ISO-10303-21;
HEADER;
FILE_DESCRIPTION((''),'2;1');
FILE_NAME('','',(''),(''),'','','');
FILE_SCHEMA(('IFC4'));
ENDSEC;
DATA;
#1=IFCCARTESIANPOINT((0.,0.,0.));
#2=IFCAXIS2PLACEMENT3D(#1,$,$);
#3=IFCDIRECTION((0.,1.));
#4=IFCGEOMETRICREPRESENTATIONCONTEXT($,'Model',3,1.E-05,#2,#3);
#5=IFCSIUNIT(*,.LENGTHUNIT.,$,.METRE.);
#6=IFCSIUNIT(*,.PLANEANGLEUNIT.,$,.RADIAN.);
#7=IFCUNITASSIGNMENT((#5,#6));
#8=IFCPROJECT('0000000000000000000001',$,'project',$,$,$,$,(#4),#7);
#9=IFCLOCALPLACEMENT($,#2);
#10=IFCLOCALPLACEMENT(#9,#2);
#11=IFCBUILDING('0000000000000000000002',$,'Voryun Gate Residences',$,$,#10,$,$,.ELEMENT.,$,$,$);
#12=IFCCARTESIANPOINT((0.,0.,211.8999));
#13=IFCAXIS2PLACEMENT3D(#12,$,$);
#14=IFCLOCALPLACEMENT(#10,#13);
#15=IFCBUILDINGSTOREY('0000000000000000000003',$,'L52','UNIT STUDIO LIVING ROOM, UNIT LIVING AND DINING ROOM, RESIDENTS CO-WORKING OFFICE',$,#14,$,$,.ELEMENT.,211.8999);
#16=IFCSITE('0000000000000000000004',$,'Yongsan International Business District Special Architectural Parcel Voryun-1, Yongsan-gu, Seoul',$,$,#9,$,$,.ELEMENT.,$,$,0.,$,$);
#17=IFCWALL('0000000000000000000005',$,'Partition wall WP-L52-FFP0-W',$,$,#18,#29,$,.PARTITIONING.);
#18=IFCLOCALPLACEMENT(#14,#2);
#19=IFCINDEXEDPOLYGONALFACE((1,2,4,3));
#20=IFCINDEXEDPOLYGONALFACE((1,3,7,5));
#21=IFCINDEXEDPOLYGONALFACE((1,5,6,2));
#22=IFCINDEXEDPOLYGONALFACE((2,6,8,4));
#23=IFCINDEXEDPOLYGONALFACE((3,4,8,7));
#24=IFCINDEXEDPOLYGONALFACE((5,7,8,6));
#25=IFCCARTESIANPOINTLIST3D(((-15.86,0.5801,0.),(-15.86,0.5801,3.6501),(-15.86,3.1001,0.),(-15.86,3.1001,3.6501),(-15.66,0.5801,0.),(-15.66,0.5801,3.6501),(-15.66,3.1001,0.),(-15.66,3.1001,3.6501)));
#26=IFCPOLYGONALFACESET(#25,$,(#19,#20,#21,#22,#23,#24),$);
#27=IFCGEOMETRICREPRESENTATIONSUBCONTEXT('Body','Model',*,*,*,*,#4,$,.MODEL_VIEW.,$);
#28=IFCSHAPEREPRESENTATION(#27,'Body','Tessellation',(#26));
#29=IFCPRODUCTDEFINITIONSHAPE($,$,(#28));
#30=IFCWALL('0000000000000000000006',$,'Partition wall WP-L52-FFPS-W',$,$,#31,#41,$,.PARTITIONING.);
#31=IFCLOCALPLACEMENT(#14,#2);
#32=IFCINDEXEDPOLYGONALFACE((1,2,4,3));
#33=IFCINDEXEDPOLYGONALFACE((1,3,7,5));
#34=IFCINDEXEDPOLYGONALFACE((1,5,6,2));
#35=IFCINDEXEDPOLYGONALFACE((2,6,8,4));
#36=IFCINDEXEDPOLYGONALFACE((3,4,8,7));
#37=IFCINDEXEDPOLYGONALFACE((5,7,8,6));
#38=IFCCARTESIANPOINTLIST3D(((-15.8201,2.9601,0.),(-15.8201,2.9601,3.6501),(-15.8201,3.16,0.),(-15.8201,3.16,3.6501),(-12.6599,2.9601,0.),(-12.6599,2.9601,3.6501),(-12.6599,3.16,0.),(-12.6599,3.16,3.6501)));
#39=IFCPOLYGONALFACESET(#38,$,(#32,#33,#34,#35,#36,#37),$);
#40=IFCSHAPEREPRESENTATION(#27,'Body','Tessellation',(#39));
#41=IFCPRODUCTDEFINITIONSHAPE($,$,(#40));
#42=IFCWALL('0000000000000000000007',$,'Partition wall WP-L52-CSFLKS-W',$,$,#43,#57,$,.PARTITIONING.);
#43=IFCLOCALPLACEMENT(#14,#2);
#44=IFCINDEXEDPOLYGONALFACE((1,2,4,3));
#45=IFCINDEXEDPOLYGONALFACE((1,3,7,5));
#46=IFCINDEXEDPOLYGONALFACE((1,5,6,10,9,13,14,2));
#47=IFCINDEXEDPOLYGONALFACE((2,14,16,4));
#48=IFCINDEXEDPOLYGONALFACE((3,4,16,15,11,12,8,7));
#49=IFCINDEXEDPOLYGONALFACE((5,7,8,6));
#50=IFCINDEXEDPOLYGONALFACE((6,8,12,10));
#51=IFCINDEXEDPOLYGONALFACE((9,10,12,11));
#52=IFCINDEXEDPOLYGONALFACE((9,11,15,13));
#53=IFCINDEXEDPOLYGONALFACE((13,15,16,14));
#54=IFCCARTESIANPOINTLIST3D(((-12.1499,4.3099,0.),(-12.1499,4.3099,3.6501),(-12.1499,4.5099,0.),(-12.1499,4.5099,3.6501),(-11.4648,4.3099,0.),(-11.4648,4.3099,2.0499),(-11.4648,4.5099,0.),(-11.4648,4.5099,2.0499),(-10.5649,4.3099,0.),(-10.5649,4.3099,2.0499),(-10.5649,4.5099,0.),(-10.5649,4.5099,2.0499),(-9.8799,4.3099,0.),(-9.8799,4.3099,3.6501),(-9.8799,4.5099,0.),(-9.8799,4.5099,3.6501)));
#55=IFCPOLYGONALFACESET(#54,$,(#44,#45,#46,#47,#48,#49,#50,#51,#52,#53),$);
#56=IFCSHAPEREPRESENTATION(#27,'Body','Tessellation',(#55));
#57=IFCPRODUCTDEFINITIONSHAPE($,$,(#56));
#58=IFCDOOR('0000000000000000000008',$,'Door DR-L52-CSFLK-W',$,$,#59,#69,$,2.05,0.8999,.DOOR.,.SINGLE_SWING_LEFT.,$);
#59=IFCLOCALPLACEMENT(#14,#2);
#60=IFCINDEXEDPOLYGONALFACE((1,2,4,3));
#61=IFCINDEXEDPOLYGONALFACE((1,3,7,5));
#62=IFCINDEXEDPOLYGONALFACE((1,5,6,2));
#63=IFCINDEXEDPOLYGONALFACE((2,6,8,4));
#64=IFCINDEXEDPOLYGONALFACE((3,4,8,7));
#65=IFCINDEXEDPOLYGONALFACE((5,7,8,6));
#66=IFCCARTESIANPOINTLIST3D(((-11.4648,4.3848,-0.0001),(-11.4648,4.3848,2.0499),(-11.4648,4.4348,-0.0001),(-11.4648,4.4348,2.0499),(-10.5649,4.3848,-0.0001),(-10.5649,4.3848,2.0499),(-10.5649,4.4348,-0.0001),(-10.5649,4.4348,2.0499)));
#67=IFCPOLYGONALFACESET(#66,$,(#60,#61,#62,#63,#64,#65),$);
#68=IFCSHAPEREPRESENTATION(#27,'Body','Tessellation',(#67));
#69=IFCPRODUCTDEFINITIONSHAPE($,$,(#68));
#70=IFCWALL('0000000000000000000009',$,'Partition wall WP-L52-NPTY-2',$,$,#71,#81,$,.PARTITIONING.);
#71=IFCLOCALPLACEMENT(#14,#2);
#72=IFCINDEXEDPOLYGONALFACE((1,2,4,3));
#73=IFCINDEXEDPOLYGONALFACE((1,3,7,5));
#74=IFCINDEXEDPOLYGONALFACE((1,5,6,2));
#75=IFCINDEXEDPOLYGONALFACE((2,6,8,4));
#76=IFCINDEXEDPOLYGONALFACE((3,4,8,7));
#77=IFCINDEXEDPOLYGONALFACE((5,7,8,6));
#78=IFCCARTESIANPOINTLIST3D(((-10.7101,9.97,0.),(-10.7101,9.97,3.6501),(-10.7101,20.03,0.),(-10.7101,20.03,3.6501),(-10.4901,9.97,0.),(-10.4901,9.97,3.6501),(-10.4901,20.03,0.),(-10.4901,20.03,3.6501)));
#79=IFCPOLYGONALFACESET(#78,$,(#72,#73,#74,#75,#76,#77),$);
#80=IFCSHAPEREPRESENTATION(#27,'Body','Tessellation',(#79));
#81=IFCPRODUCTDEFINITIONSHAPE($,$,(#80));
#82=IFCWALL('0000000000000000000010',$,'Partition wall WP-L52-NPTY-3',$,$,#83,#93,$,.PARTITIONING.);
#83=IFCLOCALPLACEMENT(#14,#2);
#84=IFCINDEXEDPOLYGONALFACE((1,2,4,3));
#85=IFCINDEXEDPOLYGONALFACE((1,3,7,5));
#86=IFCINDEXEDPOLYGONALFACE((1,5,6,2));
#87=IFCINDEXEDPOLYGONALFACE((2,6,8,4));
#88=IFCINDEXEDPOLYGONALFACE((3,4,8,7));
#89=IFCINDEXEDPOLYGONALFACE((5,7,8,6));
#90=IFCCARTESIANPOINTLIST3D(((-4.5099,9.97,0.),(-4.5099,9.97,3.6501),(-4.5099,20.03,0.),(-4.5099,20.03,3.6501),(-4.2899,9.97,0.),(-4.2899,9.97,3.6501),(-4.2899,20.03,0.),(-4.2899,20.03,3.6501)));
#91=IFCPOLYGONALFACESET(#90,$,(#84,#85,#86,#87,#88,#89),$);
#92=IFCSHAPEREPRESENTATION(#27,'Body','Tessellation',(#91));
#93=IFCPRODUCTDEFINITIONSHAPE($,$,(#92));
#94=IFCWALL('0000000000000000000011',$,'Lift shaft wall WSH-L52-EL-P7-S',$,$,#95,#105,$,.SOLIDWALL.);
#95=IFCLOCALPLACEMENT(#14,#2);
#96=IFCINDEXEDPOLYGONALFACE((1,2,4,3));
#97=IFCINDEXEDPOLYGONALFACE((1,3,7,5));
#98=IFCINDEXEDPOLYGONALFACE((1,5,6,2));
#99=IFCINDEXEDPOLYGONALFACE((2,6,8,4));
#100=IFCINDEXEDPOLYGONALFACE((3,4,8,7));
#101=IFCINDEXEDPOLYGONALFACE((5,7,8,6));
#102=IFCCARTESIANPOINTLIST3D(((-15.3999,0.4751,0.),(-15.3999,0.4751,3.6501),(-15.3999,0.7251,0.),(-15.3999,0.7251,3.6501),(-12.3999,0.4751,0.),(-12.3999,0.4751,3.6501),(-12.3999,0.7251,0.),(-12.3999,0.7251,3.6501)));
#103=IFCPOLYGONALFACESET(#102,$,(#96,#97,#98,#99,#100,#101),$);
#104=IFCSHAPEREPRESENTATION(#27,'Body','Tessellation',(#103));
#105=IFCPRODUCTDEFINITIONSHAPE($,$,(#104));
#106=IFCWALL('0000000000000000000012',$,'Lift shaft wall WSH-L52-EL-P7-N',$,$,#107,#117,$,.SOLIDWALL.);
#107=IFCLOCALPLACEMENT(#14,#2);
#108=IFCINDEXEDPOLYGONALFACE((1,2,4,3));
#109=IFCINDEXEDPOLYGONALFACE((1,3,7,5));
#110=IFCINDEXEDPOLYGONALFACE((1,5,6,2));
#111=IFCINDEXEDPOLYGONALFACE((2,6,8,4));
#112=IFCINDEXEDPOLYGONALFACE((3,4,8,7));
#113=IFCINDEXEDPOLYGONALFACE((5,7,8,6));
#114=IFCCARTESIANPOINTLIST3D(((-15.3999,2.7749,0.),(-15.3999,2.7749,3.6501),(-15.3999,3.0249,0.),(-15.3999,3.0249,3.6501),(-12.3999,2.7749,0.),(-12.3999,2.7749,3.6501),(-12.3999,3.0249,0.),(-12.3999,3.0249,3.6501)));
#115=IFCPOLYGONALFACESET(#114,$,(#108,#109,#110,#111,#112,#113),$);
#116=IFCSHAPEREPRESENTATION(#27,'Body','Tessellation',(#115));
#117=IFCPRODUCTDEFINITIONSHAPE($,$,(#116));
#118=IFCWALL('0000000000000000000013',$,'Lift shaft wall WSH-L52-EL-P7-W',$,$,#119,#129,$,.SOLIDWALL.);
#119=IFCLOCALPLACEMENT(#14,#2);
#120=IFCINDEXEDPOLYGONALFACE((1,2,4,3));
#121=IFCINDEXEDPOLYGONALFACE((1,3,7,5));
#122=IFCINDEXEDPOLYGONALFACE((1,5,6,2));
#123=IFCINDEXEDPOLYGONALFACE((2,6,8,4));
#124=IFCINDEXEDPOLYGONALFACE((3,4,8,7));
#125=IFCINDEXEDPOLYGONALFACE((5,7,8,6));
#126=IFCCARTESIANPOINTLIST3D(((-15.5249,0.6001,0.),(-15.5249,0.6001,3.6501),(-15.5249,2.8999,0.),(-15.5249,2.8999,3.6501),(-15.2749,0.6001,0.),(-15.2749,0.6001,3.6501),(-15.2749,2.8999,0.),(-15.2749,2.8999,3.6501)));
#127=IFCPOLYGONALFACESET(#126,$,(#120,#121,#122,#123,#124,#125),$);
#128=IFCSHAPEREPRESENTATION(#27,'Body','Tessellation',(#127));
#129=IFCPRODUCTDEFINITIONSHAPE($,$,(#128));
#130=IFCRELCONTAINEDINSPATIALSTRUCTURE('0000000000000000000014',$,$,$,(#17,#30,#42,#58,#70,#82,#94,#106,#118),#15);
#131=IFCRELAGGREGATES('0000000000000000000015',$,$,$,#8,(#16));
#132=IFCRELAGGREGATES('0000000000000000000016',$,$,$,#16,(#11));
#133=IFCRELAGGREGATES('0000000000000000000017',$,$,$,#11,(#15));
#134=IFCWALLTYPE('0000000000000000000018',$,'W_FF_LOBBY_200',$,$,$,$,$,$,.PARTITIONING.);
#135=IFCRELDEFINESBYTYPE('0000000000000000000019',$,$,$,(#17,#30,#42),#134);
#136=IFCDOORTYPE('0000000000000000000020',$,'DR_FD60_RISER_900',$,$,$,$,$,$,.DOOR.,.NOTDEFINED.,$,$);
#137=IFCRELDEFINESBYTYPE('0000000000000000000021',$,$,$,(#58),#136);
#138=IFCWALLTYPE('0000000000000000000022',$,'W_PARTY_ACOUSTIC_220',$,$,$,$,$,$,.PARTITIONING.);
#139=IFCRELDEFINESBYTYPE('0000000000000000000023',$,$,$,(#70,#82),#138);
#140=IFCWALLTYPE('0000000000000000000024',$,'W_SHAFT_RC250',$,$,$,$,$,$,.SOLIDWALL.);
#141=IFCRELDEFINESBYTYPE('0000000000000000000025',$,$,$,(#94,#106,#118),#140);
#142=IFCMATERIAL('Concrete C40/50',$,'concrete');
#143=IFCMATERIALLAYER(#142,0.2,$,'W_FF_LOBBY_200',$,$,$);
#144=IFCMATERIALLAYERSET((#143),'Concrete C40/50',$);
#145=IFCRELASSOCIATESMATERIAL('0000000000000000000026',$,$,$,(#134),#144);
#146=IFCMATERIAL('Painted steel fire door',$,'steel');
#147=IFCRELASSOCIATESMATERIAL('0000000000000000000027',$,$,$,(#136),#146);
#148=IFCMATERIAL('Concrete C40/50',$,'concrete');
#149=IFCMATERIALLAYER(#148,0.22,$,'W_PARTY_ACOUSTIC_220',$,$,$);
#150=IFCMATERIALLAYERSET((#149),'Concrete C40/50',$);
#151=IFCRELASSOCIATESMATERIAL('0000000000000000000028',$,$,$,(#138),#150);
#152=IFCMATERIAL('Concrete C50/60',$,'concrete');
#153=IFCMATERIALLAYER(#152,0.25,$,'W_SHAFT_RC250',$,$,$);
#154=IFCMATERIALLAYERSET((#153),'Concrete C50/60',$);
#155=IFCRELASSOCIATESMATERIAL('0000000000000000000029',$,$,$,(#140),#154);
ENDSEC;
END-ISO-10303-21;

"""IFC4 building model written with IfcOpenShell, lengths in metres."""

from ifc_helpers import new_model, si_unit, direction, frame, frame_2d, origin, place, context, subcontext, project, spatial, rectangle, extrude, material, layer, layer_set, type_object, element, fill, save


model = new_model("IFC4")

# Units and contexts
model_context = context("Model", 3, precision=1e-05, world=origin(), true_north=direction((0.0, 1.0)))
body_context = subcontext(model_context, "Body", "Model", "MODEL_VIEW")
ifc_project = project(units=[si_unit("LENGTHUNIT", "METRE"), si_unit("PLANEANGLEUNIT", "RADIAN")], contexts=[model_context])

# Site, building, storey
site_placement = place(None, origin())
site = spatial("IfcSite", under=ifc_project, at=site_placement, Name="Yongsan International Business District Special Architectural Parcel Voryun-1, Yongsan-gu, Seoul", CompositionType="ELEMENT", RefElevation=0.0)
building_placement = place(site_placement, origin())
building = spatial("IfcBuilding", under=site, at=building_placement, Name="Voryun Gate Residences", CompositionType="ELEMENT")
storey_placement = place(building_placement, frame((0.0, 0.0, 211.8999)))
storey = spatial("IfcBuildingStorey", under=building, at=storey_placement, Name="L52", Description="UNIT STUDIO LIVING ROOM, UNIT LIVING AND DINING ROOM, RESIDENTS CO-WORKING OFFICE", CompositionType="ELEMENT", Elevation=211.8999)

# Walls
ifc_material_1 = material(Name="Concrete C40/50", Category="concrete")
ifc_layer_1 = layer(ifc_material_1, 0.2, Name="W_FF_LOBBY_200")
ifc_layer_set_1 = layer_set([ifc_layer_1], Name="Concrete C40/50")
wall_type_1 = type_object("IfcWallType", Name="W_FF_LOBBY_200", PredefinedType="PARTITIONING", material=ifc_layer_set_1)
wall_1_placement = place(storey_placement, frame((-15.76, 0.5801, 0.0), z_axis=(0.0, 0.0, 1.0), x_axis=(0.0, 1.0, 0.0)))
element("IfcWall", 1, at=wall_1_placement, inside=storey, type_object=wall_type_1, Name="Partition wall WP-L52-FFP0-W", PredefinedType="PARTITIONING", context=body_context, shape_type="SweptSolid", body=[
    extrude(rectangle(XDim=2.52, YDim=0.2, at=frame_2d((1.26, 0.0))), origin(), (0.0, 0.0, 1.0), 3.6501),
])
wall_2_placement = place(storey_placement, frame((-15.8201, 3.0601, 0.0), z_axis=(0.0, 0.0, 1.0), x_axis=(1.0, 0.0, 0.0)))
element("IfcWall", 2, at=wall_2_placement, inside=storey, type_object=wall_type_1, Name="Partition wall WP-L52-FFPS-W", PredefinedType="PARTITIONING", context=body_context, shape_type="SweptSolid", body=[
    extrude(rectangle(XDim=3.1602, YDim=0.2, at=frame_2d((1.5801, 0.0))), origin(), (0.0, 0.0, 1.0), 3.6501),
])

# Wall, opening, door
wall_3_placement = place(storey_placement, frame((-12.1499, 4.4099, 0.0), z_axis=(0.0, 0.0, 1.0), x_axis=(1.0, 0.0, 0.0)))
wall_3 = element("IfcWall", 3, at=wall_3_placement, inside=storey, type_object=wall_type_1, Name="Partition wall WP-L52-CSFLKS-W", PredefinedType="PARTITIONING", context=body_context, shape_type="SweptSolid", body=[
    extrude(rectangle(XDim=2.27, YDim=0.2, at=frame_2d((1.135, 0.0))), origin(), (0.0, 0.0, 1.0), 3.6501),
])
opening_1_placement = place(wall_3_placement, frame((0.6851, 0.0, 0.0)))
opening_1 = element("IfcOpeningElement", 4, at=opening_1_placement, cuts=wall_3, PredefinedType="OPENING", context=body_context, shape_type="SweptSolid", body=[
    extrude(rectangle(XDim=0.8999, YDim=2.05, at=frame_2d((0.45, 1.0249))), frame((0.0, 0.1101, 0.0), z_axis=(0.0, -1.0, 0.0), x_axis=(1.0, 0.0, 0.0)), (0.0, 0.0, 1.0), 0.22),
])
ifc_material_2 = material(Name="Painted steel fire door", Category="steel")
door_type_1 = type_object("IfcDoorType", Name="DR_FD60_RISER_900", OperationType="NOTDEFINED", PredefinedType="DOOR", material=ifc_material_2)
door_1_placement = place(opening_1_placement, origin())
door_1 = element("IfcDoor", 5, at=door_1_placement, inside=storey, type_object=door_type_1, Name="Door DR-L52-CSFLK-W", OperationType="SINGLE_SWING_LEFT", OverallHeight=2.05, OverallWidth=0.8999, PredefinedType="DOOR", context=body_context, shape_type="SweptSolid", body=[
    extrude(rectangle(XDim=0.8999, YDim=2.05, at=frame_2d((0.45, 1.0249))), frame((0.0, 0.0249, 0.0), z_axis=(0.0, -1.0, 0.0), x_axis=(1.0, 0.0, 0.0)), (0.0, 0.0, 1.0), 0.05),
])
fill(opening_1, door_1)

# Walls
ifc_material_3 = material(Name="Concrete C40/50", Category="concrete")
ifc_layer_2 = layer(ifc_material_3, 0.22, Name="W_PARTY_ACOUSTIC_220")
ifc_layer_set_2 = layer_set([ifc_layer_2], Name="Concrete C40/50")
wall_type_2 = type_object("IfcWallType", Name="W_PARTY_ACOUSTIC_220", PredefinedType="PARTITIONING", material=ifc_layer_set_2)
for number, where, z_axis, x_axis, name in (
    (6, (-10.6001, 9.97, 0.0), (0.0, 0.0, 1.0), (0.0, 1.0, 0.0), "Partition wall WP-L52-NPTY-2"),
    (7, (-4.3999, 9.97, 0.0), (0.0, 0.0, 1.0), (0.0, 1.0, 0.0), "Partition wall WP-L52-NPTY-3"),
):
    element("IfcWall", number, at=place(storey_placement, frame(where, z_axis=z_axis, x_axis=x_axis)), inside=storey, type_object=wall_type_2, Name=name, PredefinedType="PARTITIONING", context=body_context, shape_type="SweptSolid", body=[
        extrude(rectangle(XDim=10.0601, YDim=0.22, at=frame_2d((5.03, 0.0))), origin(), (0.0, 0.0, 1.0), 3.6501),
    ])
ifc_material_4 = material(Name="Concrete C50/60", Category="concrete")
ifc_layer_3 = layer(ifc_material_4, 0.25, Name="W_SHAFT_RC250")
ifc_layer_set_3 = layer_set([ifc_layer_3], Name="Concrete C50/60")
wall_type_3 = type_object("IfcWallType", Name="W_SHAFT_RC250", PredefinedType="SOLIDWALL", material=ifc_layer_set_3)
for number, where, z_axis, x_axis, name in (
    (8, (-15.3999, 0.6001, 0.0), (0.0, 0.0, 1.0), (1.0, 0.0, 0.0), "Lift shaft wall WSH-L52-EL-P7-S"),
    (9, (-12.3999, 2.8999, 0.0), (0.0, 0.0, 1.0), (-1.0, 0.0, 0.0), "Lift shaft wall WSH-L52-EL-P7-N"),
):
    element("IfcWall", number, at=place(storey_placement, frame(where, z_axis=z_axis, x_axis=x_axis)), inside=storey, type_object=wall_type_3, Name=name, PredefinedType="SOLIDWALL", context=body_context, shape_type="SweptSolid", body=[
        extrude(rectangle(XDim=3.0, YDim=0.25, at=frame_2d((1.5, 0.0))), origin(), (0.0, 0.0, 1.0), 3.6501),
    ])
wall_4_placement = place(storey_placement, frame((-15.3999, 2.8999, 0.0), z_axis=(0.0, 0.0, 1.0), x_axis=(0.0, -1.0, 0.0)))
element("IfcWall", 10, at=wall_4_placement, inside=storey, type_object=wall_type_3, Name="Lift shaft wall WSH-L52-EL-P7-W", PredefinedType="SOLIDWALL", context=body_context, shape_type="SweptSolid", body=[
    extrude(rectangle(XDim=2.2998, YDim=0.25, at=frame_2d((1.1499, 0.0))), origin(), (0.0, 0.0, 1.0), 3.6501),
])

save(model, "model.ifc")
